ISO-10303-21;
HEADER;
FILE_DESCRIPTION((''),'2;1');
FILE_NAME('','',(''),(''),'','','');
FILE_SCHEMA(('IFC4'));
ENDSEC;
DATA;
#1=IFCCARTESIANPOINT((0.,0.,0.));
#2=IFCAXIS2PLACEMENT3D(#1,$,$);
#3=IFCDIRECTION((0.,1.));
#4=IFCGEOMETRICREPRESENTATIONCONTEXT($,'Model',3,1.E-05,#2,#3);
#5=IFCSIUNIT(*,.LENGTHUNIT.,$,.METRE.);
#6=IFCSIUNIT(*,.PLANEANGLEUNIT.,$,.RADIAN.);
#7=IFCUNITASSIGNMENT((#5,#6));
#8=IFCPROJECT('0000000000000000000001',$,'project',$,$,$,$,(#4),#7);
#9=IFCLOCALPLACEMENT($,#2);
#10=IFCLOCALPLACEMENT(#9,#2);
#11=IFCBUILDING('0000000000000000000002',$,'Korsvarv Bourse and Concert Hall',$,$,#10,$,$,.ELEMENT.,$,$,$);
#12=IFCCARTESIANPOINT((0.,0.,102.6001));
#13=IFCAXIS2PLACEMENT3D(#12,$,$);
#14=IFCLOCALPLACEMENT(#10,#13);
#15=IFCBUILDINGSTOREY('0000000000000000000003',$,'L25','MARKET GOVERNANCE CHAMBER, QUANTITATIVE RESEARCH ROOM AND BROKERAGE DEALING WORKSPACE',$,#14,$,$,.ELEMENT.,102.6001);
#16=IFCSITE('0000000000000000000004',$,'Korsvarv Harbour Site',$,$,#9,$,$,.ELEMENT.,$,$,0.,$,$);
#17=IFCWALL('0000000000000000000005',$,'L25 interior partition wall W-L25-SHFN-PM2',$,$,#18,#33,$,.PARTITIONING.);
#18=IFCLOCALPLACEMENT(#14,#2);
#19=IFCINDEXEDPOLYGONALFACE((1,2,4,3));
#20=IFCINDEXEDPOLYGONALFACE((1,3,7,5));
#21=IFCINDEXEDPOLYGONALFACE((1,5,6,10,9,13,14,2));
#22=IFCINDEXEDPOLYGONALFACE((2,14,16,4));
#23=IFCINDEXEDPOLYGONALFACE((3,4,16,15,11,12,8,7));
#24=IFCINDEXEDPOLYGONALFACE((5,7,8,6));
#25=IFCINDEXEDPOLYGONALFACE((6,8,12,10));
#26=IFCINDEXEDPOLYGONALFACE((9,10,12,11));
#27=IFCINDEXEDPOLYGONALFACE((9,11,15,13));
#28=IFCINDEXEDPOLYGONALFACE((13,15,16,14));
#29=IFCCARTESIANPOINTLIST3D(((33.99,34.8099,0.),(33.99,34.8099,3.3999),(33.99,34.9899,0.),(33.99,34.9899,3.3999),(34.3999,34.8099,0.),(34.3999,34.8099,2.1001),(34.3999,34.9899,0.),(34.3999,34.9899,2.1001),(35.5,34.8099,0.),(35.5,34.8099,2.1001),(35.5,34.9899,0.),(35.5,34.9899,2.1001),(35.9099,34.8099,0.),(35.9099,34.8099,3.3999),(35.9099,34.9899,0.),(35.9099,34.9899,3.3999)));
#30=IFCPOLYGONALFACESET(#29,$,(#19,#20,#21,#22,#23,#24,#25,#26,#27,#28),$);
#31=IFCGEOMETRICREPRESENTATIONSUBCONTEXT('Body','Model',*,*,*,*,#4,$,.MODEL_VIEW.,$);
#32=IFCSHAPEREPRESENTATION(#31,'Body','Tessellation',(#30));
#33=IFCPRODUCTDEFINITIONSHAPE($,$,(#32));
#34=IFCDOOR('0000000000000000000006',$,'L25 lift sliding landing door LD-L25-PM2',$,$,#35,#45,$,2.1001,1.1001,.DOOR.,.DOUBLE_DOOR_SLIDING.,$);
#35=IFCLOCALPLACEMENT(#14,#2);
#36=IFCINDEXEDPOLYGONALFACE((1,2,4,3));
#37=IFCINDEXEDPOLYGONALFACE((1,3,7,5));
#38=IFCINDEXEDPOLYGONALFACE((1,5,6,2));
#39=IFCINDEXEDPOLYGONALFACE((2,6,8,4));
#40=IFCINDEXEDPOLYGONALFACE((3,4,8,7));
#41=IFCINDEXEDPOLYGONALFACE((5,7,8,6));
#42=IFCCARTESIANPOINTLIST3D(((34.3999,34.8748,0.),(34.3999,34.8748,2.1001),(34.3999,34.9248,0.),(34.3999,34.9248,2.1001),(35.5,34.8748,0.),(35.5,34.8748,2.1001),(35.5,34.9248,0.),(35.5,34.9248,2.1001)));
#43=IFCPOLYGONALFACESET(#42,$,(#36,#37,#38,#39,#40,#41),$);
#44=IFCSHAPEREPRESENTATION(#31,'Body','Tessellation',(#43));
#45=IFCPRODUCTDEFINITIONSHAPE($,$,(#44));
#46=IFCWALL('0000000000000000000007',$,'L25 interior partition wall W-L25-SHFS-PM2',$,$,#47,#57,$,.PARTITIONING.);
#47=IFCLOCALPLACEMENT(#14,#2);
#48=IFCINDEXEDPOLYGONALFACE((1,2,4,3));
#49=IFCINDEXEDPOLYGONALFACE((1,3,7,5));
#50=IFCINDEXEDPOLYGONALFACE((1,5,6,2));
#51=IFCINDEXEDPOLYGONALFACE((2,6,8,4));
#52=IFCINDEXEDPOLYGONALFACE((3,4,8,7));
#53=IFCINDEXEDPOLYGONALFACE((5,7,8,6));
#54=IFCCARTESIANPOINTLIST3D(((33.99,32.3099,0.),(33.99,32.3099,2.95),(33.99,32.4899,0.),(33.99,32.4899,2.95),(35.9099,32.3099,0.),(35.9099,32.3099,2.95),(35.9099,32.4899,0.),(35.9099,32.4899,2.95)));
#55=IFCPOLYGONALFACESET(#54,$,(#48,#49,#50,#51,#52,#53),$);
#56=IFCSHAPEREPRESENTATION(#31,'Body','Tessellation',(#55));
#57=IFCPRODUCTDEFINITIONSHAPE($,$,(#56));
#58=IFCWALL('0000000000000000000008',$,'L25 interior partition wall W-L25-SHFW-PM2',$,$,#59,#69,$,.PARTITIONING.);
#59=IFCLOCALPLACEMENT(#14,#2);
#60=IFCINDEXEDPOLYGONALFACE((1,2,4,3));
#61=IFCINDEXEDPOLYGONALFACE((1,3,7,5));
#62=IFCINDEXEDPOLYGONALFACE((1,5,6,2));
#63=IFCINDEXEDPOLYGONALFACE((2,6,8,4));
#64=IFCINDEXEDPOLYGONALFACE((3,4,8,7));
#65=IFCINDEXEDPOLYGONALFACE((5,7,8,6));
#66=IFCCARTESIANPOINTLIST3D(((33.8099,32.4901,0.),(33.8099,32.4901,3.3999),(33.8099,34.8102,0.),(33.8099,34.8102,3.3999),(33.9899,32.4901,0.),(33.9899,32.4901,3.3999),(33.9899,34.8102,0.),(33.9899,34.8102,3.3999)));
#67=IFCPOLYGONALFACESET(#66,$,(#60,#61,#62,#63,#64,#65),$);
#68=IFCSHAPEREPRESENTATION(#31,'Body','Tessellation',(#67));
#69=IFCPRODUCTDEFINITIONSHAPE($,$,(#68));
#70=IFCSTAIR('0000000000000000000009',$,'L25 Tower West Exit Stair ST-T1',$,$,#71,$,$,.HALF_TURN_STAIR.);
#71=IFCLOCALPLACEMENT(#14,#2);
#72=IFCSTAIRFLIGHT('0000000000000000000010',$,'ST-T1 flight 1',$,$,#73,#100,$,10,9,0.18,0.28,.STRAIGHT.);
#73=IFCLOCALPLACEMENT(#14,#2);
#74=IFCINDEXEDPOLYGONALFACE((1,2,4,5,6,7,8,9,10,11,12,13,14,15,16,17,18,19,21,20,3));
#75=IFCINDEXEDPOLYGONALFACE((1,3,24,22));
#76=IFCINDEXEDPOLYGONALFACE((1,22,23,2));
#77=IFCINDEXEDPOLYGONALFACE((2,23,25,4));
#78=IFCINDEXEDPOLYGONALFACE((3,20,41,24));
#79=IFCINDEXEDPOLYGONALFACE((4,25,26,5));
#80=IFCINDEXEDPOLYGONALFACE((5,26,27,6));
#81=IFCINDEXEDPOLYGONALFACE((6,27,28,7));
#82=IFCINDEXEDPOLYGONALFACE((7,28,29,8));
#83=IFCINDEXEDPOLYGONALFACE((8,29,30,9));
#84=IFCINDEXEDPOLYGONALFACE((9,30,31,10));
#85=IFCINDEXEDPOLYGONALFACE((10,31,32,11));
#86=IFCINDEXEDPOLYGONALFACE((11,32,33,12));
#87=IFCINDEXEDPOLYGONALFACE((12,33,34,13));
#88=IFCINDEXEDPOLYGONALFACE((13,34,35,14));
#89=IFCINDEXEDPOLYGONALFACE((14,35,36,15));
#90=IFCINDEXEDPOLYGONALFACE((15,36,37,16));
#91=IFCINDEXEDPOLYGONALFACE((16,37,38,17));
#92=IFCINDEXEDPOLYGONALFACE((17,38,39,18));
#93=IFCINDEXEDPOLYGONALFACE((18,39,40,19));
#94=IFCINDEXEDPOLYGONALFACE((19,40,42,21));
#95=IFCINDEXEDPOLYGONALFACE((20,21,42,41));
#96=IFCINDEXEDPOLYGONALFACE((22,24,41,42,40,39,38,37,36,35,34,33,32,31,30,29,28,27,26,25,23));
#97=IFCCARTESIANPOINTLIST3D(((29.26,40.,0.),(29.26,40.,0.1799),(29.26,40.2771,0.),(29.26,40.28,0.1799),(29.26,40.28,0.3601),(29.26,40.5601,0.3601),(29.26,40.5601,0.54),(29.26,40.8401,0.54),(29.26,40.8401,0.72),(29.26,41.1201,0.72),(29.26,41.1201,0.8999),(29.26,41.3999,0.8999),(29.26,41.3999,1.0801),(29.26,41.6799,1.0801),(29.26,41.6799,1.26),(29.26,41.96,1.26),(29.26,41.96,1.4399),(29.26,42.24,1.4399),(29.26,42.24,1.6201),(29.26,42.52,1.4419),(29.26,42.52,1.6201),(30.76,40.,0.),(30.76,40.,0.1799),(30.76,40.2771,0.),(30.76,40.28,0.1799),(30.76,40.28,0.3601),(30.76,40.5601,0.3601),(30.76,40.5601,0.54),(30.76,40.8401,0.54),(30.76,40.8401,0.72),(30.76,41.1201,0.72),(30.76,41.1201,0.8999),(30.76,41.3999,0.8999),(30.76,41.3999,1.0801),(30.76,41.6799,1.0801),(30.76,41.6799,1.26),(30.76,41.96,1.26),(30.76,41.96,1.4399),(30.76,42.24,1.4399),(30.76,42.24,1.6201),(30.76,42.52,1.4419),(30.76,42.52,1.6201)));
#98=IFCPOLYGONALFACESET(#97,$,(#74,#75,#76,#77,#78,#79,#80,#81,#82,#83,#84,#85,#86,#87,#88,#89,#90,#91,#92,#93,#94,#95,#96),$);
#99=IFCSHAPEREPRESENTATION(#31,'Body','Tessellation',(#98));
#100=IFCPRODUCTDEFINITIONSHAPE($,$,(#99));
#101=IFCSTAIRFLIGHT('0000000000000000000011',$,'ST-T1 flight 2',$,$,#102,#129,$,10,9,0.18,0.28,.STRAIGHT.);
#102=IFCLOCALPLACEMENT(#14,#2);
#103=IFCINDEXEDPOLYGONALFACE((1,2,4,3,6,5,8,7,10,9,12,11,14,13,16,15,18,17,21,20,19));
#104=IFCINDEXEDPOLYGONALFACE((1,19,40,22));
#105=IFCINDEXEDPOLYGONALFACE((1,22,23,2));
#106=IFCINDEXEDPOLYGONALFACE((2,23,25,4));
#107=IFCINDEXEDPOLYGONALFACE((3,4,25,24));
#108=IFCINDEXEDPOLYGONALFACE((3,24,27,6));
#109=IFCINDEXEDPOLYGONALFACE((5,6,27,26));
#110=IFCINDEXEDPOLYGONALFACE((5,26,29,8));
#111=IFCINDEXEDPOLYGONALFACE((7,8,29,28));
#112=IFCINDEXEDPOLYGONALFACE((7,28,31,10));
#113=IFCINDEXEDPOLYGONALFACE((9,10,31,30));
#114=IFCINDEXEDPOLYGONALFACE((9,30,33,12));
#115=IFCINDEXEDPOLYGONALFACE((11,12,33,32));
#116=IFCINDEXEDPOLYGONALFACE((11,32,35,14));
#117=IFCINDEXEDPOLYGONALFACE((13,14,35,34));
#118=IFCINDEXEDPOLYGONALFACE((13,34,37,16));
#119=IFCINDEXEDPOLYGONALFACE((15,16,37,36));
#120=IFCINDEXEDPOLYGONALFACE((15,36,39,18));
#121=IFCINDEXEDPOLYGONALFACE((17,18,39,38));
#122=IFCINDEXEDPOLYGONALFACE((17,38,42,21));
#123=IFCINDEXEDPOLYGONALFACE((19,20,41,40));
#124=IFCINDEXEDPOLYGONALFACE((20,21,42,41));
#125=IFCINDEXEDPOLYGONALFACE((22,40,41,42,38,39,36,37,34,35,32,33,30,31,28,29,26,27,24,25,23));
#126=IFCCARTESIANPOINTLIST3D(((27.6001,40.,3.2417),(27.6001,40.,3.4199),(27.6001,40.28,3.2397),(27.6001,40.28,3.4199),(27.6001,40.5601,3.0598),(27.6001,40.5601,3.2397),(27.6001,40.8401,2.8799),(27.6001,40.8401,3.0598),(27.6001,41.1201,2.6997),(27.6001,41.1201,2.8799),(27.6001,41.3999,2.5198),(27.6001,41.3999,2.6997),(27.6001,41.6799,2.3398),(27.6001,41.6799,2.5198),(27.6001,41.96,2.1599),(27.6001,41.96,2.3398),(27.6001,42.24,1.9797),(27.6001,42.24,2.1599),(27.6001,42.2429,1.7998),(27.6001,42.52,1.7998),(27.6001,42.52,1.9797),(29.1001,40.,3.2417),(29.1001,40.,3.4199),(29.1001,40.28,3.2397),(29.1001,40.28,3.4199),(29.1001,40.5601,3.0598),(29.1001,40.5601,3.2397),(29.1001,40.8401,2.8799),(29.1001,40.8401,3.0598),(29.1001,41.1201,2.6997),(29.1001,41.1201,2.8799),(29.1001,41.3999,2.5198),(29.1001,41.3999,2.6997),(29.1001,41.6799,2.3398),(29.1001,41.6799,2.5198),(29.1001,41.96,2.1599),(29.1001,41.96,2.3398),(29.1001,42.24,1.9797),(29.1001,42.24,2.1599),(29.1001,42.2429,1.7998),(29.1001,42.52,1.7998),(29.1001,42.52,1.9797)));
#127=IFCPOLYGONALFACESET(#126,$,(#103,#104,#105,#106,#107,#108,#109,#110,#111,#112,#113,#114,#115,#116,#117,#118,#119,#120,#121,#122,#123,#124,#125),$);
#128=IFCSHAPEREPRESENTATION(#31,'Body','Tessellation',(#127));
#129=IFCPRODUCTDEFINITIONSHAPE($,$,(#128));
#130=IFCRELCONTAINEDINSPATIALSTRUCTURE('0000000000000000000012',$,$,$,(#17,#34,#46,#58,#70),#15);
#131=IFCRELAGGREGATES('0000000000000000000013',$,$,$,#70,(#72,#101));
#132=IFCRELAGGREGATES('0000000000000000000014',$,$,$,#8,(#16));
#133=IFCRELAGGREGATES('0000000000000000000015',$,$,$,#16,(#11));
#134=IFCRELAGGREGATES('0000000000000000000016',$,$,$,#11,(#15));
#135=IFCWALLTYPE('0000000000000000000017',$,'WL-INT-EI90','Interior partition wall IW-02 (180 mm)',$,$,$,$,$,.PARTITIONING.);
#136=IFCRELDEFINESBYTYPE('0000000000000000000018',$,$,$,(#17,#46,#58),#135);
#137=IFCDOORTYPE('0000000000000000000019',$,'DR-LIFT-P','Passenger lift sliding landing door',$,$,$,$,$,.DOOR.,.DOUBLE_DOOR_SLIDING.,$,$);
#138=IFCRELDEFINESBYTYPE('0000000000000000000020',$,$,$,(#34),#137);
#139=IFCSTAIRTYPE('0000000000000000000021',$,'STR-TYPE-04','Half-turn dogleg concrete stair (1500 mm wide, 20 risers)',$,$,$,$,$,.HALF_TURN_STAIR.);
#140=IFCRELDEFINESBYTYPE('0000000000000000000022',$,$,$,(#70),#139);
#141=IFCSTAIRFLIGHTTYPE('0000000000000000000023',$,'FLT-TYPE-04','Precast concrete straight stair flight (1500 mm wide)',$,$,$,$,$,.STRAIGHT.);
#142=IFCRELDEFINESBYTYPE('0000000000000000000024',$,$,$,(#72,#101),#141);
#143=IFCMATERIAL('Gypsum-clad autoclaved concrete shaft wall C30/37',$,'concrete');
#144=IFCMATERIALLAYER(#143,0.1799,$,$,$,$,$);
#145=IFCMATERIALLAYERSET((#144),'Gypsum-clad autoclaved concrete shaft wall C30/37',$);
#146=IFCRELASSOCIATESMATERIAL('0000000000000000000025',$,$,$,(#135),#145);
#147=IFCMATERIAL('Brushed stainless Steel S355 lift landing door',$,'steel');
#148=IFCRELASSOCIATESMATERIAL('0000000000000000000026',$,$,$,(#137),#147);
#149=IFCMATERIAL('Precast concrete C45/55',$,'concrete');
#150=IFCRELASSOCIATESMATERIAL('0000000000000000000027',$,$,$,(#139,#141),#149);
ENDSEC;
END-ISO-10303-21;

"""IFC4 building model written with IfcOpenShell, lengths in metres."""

from ifc_helpers import new_model, si_unit, direction, frame, frame_2d, origin, place, context, subcontext, project, spatial, polyline, rectangle, outline, extrude, material, layer, layer_set, type_object, element, fill, aggregate, save


model = new_model("IFC4")

# Units and contexts
model_context = context("Model", 3, precision=1e-05, world=origin(), true_north=direction((0.0, 1.0)))
body_context = subcontext(model_context, "Body", "Model", "MODEL_VIEW")
ifc_project = project(units=[si_unit("LENGTHUNIT", "METRE"), si_unit("PLANEANGLEUNIT", "RADIAN")], contexts=[model_context])

# Site, building, storey
site_placement = place(None, origin())
site = spatial("IfcSite", under=ifc_project, at=site_placement, Name="Korsvarv Harbour Site", CompositionType="ELEMENT", RefElevation=0.0)
building_placement = place(site_placement, origin())
building = spatial("IfcBuilding", under=site, at=building_placement, Name="Korsvarv Bourse and Concert Hall", CompositionType="ELEMENT")
storey_placement = place(building_placement, frame((0.0, 0.0, 102.6001)))
storey = spatial("IfcBuildingStorey", under=building, at=storey_placement, Name="L25", Description="MARKET GOVERNANCE CHAMBER, QUANTITATIVE RESEARCH ROOM AND BROKERAGE DEALING WORKSPACE", CompositionType="ELEMENT", Elevation=102.6001)

# Shared definitions
ifc_material_1 = material(Name="Gypsum-clad autoclaved concrete shaft wall C30/37", Category="concrete")
ifc_layer_1 = layer(ifc_material_1, 0.1799)
ifc_layer_set_1 = layer_set([ifc_layer_1], Name="Gypsum-clad autoclaved concrete shaft wall C30/37")
wall_type_1 = type_object("IfcWallType", Name="WL-INT-EI90", Description="Interior partition wall IW-02 (180 mm)", PredefinedType="PARTITIONING", material=ifc_layer_set_1)

# Shared definitions
ifc_material_2 = material(Name="Brushed stainless Steel S355 lift landing door", Category="steel")
door_type_1 = type_object("IfcDoorType", Name="DR-LIFT-P", Description="Passenger lift sliding landing door", OperationType="DOUBLE_DOOR_SLIDING", PredefinedType="DOOR", material=ifc_material_2)

# Wall, opening, door
wall_1_placement = place(storey_placement, frame((33.99, 34.8999, 0.0), z_axis=(0.0, 0.0, 1.0), x_axis=(1.0, 0.0, 0.0)))
wall_1 = element("IfcWall", 1, at=wall_1_placement, inside=storey, type_object=wall_type_1, Name="L25 interior partition wall W-L25-SHFN-PM2", PredefinedType="PARTITIONING", context=body_context, shape_type="SweptSolid", body=[
    extrude(rectangle(XDim=1.9199, YDim=0.1799, at=frame_2d((0.96, 0.0))), origin(), (0.0, 0.0, 1.0), 3.3999),
])
opening_1_placement = place(wall_1_placement, frame((0.4099, 0.0, 0.0)))
opening_1 = element("IfcOpeningElement", 2, at=opening_1_placement, cuts=wall_1, PredefinedType="OPENING", context=body_context, shape_type="SweptSolid", body=[
    extrude(rectangle(XDim=1.1001, YDim=2.1001, at=frame_2d((0.55, 1.05))), frame((0.0, 0.1001, 0.0), z_axis=(0.0, -1.0, 0.0), x_axis=(1.0, 0.0, 0.0)), (0.0, 0.0, 1.0), 0.2),
])
door_1_placement = place(opening_1_placement, origin())
door_1 = element("IfcDoor", 3, at=door_1_placement, inside=storey, type_object=door_type_1, Name="L25 lift sliding landing door LD-L25-PM2", OperationType="DOUBLE_DOOR_SLIDING", OverallHeight=2.1001, OverallWidth=1.1001, PredefinedType="DOOR", context=body_context, shape_type="SweptSolid", body=[
    extrude(rectangle(XDim=1.1001, YDim=2.1001, at=frame_2d((0.55, 1.05))), frame((0.0, 0.0249, 0.0), z_axis=(0.0, -1.0, 0.0), x_axis=(1.0, 0.0, 0.0)), (0.0, 0.0, 1.0), 0.05),
])
fill(opening_1, door_1)

# Walls
wall_2_placement = place(storey_placement, frame((33.99, 32.3999, 0.0), z_axis=(0.0, 0.0, 1.0), x_axis=(1.0, 0.0, 0.0)))
element("IfcWall", 4, at=wall_2_placement, inside=storey, type_object=wall_type_1, Name="L25 interior partition wall W-L25-SHFS-PM2", PredefinedType="PARTITIONING", context=body_context, shape_type="SweptSolid", body=[
    extrude(rectangle(XDim=1.9199, YDim=0.1799, at=frame_2d((0.96, 0.0))), origin(), (0.0, 0.0, 1.0), 2.95),
])
wall_3_placement = place(storey_placement, frame((33.8999, 32.49, 0.0), z_axis=(0.0, 0.0, 1.0), x_axis=(0.0, 1.0, 0.0)))
element("IfcWall", 5, at=wall_3_placement, inside=storey, type_object=wall_type_1, Name="L25 interior partition wall W-L25-SHFW-PM2", PredefinedType="PARTITIONING", context=body_context, shape_type="SweptSolid", body=[
    extrude(rectangle(XDim=2.3201, YDim=0.1799, at=frame_2d((1.1602, 0.0))), origin(), (0.0, 0.0, 1.0), 3.3999),
])

# Stair, stair flights
ifc_material_3 = material(Name="Precast concrete C45/55", Category="concrete")
stair_type = type_object("IfcStairType", Name="STR-TYPE-04", Description="Half-turn dogleg concrete stair (1500 mm wide, 20 risers)", PredefinedType="HALF_TURN_STAIR", material=ifc_material_3)
stair_placement = place(storey_placement, origin())
stair = element("IfcStair", 6, at=stair_placement, inside=storey, type_object=stair_type, Name="L25 Tower West Exit Stair ST-T1", PredefinedType="HALF_TURN_STAIR")
stair_flight_type = type_object("IfcStairFlightType", Name="FLT-TYPE-04", Description="Precast concrete straight stair flight (1500 mm wide)", PredefinedType="STRAIGHT", material=ifc_material_3)
stair_flight_1_placement = place(storey_placement, frame((30.01, 40.0, 0.0), z_axis=(0.0, 0.0, 1.0), x_axis=(0.0, 1.0, 0.0)))
stair_flight_1 = element("IfcStairFlight", 7, at=stair_flight_1_placement, type_object=stair_flight_type, Name="ST-T1 flight 1", NumberOfRisers=10, NumberOfTreads=9, PredefinedType="STRAIGHT", RiserHeight=0.18, TreadLength=0.28, context=body_context, shape_type="SweptSolid", body=[
    extrude(outline(polyline([(0.0, 0.0), (0.0, 0.1799), (0.28, 0.1799), (0.28, 0.3601), (0.5601, 0.3601), (0.5601, 0.54), (0.8401, 0.54), (0.8401, 0.72), (1.1201, 0.72), (1.1201, 0.8999), (1.3999, 0.8999), (1.3999, 1.0801), (1.6799, 1.0801), (1.6799, 1.26), (1.96, 1.26), (1.96, 1.4399), (2.24, 1.4399), (2.24, 1.6201), (2.52, 1.6201), (2.52, 1.8), (2.52, 1.4419), (0.2771, 0.0), (0.0, 0.0)])), frame((0.0, 0.75, 0.0), z_axis=(0.0, -1.0, 0.0), x_axis=(1.0, 0.0, 0.0)), (0.0, 0.0, 1.0), 1.5),
])
stair_flight_2_placement = place(storey_placement, frame((28.3501, 42.52, 1.7998), z_axis=(0.0, 0.0, 1.0), x_axis=(0.0, -1.0, 0.0)))
stair_flight_2 = element("IfcStairFlight", 8, at=stair_flight_2_placement, type_object=stair_flight_type, Name="ST-T1 flight 2", NumberOfRisers=10, NumberOfTreads=9, PredefinedType="STRAIGHT", RiserHeight=0.18, TreadLength=0.28, context=body_context, shape_type="SweptSolid", body=[
    extrude(outline(polyline([(0.0, 0.0), (0.0, 0.1799), (0.28, 0.1799), (0.28, 0.3601), (0.5601, 0.3601), (0.5601, 0.54), (0.8401, 0.54), (0.8401, 0.72), (1.1201, 0.72), (1.1201, 0.8999), (1.3999, 0.8999), (1.3999, 1.0801), (1.6799, 1.0801), (1.6799, 1.26), (1.96, 1.26), (1.96, 1.4399), (2.24, 1.4399), (2.24, 1.6201), (2.52, 1.6201), (2.52, 1.8), (2.52, 1.4419), (0.2771, 0.0), (0.0, 0.0)])), frame((0.0, 0.75, 0.0), z_axis=(0.0, -1.0, 0.0), x_axis=(1.0, 0.0, 0.0)), (0.0, 0.0, 1.0), 1.5),
])
aggregate(stair, [stair_flight_1, stair_flight_2])

save(model, "model.ifc")
